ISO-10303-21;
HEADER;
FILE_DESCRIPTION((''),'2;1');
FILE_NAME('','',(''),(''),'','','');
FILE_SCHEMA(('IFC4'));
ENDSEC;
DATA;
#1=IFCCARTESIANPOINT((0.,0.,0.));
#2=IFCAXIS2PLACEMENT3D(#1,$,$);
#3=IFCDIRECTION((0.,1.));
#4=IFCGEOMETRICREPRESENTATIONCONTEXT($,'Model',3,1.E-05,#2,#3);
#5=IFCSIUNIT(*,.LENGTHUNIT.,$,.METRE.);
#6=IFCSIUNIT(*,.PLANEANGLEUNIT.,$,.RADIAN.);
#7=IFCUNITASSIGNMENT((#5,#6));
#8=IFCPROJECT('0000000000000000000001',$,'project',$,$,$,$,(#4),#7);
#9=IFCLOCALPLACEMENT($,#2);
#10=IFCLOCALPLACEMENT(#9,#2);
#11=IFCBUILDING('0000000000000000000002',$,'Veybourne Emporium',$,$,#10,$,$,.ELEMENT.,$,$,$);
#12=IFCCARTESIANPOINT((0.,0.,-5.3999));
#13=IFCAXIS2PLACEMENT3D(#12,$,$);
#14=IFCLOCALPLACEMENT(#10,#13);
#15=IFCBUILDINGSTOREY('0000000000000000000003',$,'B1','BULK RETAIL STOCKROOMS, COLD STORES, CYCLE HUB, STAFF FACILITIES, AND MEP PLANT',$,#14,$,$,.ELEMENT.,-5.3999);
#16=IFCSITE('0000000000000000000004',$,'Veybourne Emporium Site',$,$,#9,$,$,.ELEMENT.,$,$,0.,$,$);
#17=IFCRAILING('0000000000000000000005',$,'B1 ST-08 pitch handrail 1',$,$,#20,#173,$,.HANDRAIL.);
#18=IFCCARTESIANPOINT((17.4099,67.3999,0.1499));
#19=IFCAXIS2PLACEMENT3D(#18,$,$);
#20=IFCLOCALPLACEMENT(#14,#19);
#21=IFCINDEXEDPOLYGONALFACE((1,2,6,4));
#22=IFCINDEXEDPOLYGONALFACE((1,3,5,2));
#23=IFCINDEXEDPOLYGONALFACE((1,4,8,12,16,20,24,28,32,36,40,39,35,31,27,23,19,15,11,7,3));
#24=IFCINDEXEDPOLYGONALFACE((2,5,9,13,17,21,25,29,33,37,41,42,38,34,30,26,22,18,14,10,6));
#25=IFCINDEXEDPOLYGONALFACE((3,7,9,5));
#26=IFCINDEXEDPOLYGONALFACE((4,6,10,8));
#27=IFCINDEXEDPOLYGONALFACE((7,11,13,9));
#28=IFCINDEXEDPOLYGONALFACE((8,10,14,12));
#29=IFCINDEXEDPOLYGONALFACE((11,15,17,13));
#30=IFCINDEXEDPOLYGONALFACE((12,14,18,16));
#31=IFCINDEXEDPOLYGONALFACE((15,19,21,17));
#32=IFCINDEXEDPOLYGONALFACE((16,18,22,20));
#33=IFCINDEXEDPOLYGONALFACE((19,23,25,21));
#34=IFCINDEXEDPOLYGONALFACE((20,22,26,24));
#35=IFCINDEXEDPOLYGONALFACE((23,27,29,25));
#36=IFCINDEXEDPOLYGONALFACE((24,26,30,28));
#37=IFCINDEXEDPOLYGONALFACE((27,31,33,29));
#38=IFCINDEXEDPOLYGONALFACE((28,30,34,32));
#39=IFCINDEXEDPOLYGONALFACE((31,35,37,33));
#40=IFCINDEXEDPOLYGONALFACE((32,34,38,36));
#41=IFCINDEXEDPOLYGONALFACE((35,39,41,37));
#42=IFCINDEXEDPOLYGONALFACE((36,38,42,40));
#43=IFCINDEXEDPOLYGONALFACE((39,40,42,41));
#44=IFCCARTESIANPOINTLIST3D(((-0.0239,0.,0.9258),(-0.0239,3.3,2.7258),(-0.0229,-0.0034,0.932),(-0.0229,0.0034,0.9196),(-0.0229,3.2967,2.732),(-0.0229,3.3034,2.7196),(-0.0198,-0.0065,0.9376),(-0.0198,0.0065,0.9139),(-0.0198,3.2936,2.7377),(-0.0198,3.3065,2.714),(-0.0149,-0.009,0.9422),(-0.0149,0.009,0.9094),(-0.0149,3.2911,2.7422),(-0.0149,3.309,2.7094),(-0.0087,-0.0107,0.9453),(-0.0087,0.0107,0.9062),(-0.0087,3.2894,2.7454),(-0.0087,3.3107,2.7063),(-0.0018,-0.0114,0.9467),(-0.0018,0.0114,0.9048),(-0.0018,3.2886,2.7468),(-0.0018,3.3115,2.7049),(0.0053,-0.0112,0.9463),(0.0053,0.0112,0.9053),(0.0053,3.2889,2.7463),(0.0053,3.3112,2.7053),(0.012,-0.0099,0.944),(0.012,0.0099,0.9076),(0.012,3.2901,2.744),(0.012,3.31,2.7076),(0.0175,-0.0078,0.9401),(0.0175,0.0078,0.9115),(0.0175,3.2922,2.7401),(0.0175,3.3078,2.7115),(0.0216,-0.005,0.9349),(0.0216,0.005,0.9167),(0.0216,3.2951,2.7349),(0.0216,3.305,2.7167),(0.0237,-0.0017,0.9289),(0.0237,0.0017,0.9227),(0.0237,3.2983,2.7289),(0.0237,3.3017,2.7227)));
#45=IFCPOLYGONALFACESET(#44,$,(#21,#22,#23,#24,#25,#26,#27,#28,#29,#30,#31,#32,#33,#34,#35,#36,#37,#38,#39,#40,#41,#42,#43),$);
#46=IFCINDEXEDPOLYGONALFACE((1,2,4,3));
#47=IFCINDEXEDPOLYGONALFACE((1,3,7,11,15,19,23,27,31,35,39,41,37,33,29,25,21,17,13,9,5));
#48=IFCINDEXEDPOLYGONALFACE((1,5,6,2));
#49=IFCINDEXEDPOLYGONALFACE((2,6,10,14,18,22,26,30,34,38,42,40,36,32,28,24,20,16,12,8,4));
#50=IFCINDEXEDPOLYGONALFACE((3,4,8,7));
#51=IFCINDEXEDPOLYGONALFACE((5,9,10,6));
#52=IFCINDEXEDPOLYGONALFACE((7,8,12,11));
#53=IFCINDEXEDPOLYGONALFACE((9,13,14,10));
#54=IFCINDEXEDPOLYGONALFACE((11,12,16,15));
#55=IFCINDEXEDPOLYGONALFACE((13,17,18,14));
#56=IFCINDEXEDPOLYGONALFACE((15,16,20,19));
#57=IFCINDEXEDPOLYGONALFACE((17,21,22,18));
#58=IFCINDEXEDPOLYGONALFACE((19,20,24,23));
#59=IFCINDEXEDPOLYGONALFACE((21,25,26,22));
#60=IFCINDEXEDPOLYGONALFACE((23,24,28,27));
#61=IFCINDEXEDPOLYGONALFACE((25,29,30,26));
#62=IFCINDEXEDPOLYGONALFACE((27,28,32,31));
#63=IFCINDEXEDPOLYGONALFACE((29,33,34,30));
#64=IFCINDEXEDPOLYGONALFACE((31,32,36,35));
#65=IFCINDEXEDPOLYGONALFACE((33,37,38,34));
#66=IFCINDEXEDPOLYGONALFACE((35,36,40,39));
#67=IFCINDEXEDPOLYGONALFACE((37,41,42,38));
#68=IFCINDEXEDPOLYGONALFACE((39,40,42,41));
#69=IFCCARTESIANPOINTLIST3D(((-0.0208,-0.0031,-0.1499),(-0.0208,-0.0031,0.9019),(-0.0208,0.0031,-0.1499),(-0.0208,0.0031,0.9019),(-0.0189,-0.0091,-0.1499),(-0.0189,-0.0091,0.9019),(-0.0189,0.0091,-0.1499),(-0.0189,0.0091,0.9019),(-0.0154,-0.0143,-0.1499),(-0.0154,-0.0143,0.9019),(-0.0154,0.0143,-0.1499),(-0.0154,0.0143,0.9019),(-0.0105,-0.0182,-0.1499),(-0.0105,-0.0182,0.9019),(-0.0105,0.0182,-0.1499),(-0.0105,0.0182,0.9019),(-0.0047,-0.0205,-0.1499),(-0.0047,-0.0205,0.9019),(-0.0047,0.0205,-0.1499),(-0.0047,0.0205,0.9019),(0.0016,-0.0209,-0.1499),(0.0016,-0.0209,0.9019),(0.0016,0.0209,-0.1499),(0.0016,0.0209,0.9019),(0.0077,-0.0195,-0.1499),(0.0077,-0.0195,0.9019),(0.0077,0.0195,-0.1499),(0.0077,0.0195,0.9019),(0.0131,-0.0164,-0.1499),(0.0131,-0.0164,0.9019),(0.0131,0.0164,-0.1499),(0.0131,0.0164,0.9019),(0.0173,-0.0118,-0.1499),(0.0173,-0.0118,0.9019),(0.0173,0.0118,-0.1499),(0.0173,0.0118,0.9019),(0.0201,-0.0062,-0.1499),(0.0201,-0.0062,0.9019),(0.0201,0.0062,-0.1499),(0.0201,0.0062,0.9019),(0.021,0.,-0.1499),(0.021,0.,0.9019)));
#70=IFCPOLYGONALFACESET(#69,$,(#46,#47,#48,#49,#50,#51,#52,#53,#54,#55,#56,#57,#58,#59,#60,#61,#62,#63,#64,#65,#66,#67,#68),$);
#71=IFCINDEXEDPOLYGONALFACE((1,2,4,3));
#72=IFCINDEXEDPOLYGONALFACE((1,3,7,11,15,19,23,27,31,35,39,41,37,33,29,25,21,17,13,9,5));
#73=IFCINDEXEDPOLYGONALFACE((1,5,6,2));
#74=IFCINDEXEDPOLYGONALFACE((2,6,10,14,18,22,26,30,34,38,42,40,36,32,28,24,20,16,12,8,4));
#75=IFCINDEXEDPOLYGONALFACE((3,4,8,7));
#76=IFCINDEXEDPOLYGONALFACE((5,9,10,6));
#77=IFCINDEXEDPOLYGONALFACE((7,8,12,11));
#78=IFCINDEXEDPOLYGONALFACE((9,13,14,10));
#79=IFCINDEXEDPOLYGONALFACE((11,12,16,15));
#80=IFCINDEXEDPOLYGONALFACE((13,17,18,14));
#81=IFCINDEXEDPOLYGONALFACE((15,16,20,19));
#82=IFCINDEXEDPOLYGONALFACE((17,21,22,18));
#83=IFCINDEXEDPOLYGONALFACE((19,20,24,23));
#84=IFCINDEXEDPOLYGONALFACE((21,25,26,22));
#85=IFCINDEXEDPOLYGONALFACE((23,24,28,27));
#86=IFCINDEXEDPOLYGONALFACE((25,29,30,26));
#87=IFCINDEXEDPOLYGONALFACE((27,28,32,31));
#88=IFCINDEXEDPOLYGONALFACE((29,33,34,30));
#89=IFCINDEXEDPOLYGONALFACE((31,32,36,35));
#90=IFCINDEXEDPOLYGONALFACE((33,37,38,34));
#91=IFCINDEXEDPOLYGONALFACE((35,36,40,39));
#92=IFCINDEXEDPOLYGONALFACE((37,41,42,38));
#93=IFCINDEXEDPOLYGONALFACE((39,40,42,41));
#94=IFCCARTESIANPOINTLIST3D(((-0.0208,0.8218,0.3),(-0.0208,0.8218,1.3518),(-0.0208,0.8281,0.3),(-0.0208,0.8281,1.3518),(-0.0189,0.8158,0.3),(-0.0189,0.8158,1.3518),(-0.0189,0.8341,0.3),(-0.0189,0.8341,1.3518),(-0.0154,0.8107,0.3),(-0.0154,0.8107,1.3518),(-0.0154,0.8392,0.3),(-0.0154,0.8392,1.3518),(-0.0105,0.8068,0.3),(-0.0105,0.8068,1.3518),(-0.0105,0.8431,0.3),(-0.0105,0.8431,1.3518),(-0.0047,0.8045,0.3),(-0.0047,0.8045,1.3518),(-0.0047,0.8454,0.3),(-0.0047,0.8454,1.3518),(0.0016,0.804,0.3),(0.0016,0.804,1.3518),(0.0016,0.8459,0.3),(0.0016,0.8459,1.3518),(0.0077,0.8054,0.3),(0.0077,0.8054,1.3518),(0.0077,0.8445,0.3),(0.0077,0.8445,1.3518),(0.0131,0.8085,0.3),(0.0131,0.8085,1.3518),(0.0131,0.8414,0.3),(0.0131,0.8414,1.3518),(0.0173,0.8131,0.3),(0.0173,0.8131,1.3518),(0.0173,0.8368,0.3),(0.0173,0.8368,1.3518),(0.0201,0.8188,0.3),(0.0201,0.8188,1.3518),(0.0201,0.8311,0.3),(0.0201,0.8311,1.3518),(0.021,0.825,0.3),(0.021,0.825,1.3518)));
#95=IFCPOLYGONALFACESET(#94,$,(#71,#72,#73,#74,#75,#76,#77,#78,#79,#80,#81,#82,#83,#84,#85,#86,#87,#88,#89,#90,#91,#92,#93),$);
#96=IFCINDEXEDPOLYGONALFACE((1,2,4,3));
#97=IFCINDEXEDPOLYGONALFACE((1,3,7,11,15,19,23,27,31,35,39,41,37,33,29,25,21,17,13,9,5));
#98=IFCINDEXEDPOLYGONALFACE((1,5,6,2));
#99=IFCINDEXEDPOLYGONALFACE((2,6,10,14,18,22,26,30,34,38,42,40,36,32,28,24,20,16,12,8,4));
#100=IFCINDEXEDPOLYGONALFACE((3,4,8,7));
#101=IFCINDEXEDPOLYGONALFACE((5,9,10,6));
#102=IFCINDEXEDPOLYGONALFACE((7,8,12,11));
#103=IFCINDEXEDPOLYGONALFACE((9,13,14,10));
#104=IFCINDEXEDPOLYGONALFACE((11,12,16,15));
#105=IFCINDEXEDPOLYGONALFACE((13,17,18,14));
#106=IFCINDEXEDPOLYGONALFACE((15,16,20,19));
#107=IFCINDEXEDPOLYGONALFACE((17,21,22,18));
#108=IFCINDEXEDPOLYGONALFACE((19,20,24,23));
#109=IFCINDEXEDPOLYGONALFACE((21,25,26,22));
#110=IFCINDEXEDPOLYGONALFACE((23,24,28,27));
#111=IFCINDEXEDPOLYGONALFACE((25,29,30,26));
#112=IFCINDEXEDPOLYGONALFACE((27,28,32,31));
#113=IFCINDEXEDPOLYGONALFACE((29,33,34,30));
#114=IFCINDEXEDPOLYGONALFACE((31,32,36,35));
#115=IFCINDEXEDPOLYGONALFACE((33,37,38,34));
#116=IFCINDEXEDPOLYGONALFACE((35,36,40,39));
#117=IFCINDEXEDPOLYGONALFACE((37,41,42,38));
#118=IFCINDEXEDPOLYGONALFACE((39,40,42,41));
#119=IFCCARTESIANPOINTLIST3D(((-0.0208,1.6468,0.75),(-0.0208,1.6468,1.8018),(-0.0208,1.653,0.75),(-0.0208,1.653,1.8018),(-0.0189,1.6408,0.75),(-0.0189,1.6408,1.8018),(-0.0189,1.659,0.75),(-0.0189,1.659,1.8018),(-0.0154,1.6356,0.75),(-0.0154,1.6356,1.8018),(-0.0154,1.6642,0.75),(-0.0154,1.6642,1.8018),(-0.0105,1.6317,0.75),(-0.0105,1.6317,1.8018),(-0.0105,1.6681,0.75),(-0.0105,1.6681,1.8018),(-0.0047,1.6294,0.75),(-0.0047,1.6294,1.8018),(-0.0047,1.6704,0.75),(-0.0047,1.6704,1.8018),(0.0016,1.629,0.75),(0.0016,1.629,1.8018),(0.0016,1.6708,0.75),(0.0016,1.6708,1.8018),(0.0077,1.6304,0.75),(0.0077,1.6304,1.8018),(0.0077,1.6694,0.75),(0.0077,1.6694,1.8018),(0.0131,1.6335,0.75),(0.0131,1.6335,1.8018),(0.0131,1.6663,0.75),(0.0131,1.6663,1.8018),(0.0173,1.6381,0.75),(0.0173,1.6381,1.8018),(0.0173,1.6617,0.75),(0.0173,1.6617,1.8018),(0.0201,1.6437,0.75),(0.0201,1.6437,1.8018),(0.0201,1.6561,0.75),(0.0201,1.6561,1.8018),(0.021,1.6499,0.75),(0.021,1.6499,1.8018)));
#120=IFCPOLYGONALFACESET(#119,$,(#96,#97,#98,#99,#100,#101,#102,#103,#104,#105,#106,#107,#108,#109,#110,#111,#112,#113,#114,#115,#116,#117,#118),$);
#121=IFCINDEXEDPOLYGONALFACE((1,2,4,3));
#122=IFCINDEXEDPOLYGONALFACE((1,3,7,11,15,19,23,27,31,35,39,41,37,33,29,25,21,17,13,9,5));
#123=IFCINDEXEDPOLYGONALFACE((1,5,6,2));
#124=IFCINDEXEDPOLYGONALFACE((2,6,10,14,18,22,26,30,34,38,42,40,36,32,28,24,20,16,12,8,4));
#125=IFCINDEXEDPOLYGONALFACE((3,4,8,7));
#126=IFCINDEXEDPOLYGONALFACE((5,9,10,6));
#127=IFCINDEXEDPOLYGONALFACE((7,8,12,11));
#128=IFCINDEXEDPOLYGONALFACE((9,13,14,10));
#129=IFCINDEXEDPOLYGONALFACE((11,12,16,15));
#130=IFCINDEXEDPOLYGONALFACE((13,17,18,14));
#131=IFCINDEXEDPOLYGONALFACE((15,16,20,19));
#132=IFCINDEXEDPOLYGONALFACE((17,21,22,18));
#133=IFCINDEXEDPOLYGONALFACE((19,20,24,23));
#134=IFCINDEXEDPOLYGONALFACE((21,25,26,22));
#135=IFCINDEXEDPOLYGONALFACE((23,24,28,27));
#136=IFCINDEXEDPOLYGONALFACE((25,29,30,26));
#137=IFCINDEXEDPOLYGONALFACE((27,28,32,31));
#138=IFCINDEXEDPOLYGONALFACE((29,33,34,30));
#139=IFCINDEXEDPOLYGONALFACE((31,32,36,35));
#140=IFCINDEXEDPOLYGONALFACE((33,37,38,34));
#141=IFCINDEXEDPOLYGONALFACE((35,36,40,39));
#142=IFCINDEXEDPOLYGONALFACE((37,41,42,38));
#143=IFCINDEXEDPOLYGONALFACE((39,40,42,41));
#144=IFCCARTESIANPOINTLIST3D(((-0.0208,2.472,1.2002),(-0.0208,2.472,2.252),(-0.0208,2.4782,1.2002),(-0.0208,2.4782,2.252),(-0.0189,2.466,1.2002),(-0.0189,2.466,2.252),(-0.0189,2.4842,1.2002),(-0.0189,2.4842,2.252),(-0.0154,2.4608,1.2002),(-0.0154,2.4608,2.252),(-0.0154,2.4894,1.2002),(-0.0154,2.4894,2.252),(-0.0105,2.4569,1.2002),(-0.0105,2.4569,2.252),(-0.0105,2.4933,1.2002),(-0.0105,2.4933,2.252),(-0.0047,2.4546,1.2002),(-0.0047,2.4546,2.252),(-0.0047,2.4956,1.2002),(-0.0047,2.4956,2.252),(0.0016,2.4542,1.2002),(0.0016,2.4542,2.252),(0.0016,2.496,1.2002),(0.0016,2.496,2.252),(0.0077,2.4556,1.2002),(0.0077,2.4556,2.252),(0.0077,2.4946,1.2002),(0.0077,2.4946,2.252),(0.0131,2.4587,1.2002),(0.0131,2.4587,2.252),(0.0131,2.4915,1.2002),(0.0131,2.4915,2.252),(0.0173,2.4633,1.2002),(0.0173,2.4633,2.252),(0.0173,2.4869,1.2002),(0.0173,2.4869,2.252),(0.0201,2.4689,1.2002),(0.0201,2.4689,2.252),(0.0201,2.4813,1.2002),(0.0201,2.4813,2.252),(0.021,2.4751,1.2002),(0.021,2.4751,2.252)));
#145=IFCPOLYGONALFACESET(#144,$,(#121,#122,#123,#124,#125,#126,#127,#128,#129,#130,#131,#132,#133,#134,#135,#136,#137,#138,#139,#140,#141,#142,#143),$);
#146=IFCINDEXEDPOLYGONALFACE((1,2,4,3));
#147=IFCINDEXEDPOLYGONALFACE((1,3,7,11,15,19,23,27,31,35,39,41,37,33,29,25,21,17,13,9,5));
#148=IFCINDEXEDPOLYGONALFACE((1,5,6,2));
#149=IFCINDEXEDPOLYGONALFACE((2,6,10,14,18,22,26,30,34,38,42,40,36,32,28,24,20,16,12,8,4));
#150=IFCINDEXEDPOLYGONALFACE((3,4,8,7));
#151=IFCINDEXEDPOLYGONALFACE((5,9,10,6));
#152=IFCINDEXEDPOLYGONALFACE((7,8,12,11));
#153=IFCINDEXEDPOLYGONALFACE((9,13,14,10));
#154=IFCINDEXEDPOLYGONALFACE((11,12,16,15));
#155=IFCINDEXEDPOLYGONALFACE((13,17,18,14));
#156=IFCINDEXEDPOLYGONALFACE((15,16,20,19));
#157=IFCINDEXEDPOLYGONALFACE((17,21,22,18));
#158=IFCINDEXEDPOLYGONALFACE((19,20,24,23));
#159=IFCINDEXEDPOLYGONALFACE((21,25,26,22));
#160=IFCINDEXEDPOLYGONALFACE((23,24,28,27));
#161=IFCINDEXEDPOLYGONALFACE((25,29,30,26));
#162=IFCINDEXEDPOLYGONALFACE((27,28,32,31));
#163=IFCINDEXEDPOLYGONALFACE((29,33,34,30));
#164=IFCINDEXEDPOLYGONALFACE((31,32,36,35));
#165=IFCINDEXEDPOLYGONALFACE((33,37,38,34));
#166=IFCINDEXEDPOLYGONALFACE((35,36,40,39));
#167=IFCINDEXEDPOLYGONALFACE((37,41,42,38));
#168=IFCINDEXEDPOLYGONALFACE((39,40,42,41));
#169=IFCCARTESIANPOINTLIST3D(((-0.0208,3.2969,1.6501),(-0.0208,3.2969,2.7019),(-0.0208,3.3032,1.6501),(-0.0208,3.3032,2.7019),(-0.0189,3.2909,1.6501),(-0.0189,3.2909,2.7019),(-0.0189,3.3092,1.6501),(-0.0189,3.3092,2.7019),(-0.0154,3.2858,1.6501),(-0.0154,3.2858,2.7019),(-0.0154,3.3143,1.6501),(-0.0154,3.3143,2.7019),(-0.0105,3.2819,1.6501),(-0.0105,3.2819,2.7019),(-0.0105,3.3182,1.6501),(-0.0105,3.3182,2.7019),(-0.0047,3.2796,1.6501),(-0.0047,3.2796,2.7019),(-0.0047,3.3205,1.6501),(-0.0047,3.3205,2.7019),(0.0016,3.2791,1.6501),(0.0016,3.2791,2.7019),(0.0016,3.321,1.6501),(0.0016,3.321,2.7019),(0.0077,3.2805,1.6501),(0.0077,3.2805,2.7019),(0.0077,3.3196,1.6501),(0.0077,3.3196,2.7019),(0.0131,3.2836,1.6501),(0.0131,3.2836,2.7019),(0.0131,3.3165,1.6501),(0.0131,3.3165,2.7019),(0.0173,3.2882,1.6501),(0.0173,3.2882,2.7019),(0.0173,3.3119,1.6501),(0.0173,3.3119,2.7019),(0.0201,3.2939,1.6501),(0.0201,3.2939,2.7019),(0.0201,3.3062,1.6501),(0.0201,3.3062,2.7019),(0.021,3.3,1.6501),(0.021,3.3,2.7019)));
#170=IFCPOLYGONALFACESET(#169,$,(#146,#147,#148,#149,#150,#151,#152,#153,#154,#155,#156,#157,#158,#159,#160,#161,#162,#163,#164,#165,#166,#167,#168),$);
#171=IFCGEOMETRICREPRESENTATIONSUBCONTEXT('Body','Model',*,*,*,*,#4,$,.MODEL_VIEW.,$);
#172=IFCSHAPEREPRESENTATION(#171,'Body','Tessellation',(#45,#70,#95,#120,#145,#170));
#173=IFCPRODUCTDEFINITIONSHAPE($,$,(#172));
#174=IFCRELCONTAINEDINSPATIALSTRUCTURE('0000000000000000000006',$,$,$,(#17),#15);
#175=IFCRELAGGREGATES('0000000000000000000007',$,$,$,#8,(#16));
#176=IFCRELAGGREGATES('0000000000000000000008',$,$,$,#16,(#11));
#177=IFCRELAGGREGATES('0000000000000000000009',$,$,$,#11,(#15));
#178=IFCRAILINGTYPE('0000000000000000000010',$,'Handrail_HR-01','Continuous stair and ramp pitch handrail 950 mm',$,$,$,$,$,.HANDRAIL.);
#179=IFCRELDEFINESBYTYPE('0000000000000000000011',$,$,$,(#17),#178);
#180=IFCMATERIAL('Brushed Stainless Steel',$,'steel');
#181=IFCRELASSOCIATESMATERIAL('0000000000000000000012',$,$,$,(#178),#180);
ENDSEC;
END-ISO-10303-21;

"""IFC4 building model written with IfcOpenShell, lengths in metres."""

from ifc_helpers import new_model, si_unit, direction, frame, origin, origin_2d, place, context, subcontext, project, spatial, circle, extrude, material, type_object, element, save


model = new_model("IFC4")

# Units and contexts
model_context = context("Model", 3, precision=1e-05, world=origin(), true_north=direction((0.0, 1.0)))
body_context = subcontext(model_context, "Body", "Model", "MODEL_VIEW")
ifc_project = project(units=[si_unit("LENGTHUNIT", "METRE"), si_unit("PLANEANGLEUNIT", "RADIAN")], contexts=[model_context])

# Site, building, storey
site_placement = place(None, origin())
site = spatial("IfcSite", under=ifc_project, at=site_placement, Name="Veybourne Emporium Site", CompositionType="ELEMENT", RefElevation=0.0)
building_placement = place(site_placement, origin())
building = spatial("IfcBuilding", under=site, at=building_placement, Name="Veybourne Emporium", CompositionType="ELEMENT")
storey_placement = place(building_placement, frame((0.0, 0.0, -5.3999)))
storey = spatial("IfcBuildingStorey", under=building, at=storey_placement, Name="B1", Description="BULK RETAIL STOCKROOMS, COLD STORES, CYCLE HUB, STAFF FACILITIES, AND MEP PLANT", CompositionType="ELEMENT", Elevation=-5.3999)

# Railing
ifc_material_1 = material(Name="Brushed Stainless Steel", Category="steel")
railing_type = type_object("IfcRailingType", Name="Handrail_HR-01", Description="Continuous stair and ramp pitch handrail 950 mm", PredefinedType="HANDRAIL", material=ifc_material_1)
railing_placement = place(storey_placement, frame((17.4099, 67.3999, 0.1499)))
element("IfcRailing", 1, at=railing_placement, inside=storey, type_object=railing_type, Name="B1 ST-08 pitch handrail 1", PredefinedType="HANDRAIL", context=body_context, shape_type="SweptSolid", body=[
    extrude(circle(Radius=0.0239, at=origin_2d()), frame((0.0, 0.0, 0.9258), z_axis=(0.0, 0.877893, 0.478857), x_axis=(-1.0, 0.0, 0.0)), (0.0, 0.0, 1.0), 3.759),
    extrude(circle(Radius=0.021, at=origin_2d()), frame((0.0, 0.0, -0.1499)), (0.0, 0.0, 1.0), 1.0518),
    extrude(circle(Radius=0.021, at=origin_2d()), frame((0.0, 0.825, 0.3)), (0.0, 0.0, 1.0), 1.0518),
    extrude(circle(Radius=0.021, at=origin_2d()), frame((0.0, 1.6499, 0.75)), (0.0, 0.0, 1.0), 1.0518),
    extrude(circle(Radius=0.021, at=origin_2d()), frame((0.0, 2.4751, 1.2002)), (0.0, 0.0, 1.0), 1.0518),
    extrude(circle(Radius=0.021, at=origin_2d()), frame((0.0, 3.3, 1.6501)), (0.0, 0.0, 1.0), 1.0518),
])

save(model, "model.ifc")
